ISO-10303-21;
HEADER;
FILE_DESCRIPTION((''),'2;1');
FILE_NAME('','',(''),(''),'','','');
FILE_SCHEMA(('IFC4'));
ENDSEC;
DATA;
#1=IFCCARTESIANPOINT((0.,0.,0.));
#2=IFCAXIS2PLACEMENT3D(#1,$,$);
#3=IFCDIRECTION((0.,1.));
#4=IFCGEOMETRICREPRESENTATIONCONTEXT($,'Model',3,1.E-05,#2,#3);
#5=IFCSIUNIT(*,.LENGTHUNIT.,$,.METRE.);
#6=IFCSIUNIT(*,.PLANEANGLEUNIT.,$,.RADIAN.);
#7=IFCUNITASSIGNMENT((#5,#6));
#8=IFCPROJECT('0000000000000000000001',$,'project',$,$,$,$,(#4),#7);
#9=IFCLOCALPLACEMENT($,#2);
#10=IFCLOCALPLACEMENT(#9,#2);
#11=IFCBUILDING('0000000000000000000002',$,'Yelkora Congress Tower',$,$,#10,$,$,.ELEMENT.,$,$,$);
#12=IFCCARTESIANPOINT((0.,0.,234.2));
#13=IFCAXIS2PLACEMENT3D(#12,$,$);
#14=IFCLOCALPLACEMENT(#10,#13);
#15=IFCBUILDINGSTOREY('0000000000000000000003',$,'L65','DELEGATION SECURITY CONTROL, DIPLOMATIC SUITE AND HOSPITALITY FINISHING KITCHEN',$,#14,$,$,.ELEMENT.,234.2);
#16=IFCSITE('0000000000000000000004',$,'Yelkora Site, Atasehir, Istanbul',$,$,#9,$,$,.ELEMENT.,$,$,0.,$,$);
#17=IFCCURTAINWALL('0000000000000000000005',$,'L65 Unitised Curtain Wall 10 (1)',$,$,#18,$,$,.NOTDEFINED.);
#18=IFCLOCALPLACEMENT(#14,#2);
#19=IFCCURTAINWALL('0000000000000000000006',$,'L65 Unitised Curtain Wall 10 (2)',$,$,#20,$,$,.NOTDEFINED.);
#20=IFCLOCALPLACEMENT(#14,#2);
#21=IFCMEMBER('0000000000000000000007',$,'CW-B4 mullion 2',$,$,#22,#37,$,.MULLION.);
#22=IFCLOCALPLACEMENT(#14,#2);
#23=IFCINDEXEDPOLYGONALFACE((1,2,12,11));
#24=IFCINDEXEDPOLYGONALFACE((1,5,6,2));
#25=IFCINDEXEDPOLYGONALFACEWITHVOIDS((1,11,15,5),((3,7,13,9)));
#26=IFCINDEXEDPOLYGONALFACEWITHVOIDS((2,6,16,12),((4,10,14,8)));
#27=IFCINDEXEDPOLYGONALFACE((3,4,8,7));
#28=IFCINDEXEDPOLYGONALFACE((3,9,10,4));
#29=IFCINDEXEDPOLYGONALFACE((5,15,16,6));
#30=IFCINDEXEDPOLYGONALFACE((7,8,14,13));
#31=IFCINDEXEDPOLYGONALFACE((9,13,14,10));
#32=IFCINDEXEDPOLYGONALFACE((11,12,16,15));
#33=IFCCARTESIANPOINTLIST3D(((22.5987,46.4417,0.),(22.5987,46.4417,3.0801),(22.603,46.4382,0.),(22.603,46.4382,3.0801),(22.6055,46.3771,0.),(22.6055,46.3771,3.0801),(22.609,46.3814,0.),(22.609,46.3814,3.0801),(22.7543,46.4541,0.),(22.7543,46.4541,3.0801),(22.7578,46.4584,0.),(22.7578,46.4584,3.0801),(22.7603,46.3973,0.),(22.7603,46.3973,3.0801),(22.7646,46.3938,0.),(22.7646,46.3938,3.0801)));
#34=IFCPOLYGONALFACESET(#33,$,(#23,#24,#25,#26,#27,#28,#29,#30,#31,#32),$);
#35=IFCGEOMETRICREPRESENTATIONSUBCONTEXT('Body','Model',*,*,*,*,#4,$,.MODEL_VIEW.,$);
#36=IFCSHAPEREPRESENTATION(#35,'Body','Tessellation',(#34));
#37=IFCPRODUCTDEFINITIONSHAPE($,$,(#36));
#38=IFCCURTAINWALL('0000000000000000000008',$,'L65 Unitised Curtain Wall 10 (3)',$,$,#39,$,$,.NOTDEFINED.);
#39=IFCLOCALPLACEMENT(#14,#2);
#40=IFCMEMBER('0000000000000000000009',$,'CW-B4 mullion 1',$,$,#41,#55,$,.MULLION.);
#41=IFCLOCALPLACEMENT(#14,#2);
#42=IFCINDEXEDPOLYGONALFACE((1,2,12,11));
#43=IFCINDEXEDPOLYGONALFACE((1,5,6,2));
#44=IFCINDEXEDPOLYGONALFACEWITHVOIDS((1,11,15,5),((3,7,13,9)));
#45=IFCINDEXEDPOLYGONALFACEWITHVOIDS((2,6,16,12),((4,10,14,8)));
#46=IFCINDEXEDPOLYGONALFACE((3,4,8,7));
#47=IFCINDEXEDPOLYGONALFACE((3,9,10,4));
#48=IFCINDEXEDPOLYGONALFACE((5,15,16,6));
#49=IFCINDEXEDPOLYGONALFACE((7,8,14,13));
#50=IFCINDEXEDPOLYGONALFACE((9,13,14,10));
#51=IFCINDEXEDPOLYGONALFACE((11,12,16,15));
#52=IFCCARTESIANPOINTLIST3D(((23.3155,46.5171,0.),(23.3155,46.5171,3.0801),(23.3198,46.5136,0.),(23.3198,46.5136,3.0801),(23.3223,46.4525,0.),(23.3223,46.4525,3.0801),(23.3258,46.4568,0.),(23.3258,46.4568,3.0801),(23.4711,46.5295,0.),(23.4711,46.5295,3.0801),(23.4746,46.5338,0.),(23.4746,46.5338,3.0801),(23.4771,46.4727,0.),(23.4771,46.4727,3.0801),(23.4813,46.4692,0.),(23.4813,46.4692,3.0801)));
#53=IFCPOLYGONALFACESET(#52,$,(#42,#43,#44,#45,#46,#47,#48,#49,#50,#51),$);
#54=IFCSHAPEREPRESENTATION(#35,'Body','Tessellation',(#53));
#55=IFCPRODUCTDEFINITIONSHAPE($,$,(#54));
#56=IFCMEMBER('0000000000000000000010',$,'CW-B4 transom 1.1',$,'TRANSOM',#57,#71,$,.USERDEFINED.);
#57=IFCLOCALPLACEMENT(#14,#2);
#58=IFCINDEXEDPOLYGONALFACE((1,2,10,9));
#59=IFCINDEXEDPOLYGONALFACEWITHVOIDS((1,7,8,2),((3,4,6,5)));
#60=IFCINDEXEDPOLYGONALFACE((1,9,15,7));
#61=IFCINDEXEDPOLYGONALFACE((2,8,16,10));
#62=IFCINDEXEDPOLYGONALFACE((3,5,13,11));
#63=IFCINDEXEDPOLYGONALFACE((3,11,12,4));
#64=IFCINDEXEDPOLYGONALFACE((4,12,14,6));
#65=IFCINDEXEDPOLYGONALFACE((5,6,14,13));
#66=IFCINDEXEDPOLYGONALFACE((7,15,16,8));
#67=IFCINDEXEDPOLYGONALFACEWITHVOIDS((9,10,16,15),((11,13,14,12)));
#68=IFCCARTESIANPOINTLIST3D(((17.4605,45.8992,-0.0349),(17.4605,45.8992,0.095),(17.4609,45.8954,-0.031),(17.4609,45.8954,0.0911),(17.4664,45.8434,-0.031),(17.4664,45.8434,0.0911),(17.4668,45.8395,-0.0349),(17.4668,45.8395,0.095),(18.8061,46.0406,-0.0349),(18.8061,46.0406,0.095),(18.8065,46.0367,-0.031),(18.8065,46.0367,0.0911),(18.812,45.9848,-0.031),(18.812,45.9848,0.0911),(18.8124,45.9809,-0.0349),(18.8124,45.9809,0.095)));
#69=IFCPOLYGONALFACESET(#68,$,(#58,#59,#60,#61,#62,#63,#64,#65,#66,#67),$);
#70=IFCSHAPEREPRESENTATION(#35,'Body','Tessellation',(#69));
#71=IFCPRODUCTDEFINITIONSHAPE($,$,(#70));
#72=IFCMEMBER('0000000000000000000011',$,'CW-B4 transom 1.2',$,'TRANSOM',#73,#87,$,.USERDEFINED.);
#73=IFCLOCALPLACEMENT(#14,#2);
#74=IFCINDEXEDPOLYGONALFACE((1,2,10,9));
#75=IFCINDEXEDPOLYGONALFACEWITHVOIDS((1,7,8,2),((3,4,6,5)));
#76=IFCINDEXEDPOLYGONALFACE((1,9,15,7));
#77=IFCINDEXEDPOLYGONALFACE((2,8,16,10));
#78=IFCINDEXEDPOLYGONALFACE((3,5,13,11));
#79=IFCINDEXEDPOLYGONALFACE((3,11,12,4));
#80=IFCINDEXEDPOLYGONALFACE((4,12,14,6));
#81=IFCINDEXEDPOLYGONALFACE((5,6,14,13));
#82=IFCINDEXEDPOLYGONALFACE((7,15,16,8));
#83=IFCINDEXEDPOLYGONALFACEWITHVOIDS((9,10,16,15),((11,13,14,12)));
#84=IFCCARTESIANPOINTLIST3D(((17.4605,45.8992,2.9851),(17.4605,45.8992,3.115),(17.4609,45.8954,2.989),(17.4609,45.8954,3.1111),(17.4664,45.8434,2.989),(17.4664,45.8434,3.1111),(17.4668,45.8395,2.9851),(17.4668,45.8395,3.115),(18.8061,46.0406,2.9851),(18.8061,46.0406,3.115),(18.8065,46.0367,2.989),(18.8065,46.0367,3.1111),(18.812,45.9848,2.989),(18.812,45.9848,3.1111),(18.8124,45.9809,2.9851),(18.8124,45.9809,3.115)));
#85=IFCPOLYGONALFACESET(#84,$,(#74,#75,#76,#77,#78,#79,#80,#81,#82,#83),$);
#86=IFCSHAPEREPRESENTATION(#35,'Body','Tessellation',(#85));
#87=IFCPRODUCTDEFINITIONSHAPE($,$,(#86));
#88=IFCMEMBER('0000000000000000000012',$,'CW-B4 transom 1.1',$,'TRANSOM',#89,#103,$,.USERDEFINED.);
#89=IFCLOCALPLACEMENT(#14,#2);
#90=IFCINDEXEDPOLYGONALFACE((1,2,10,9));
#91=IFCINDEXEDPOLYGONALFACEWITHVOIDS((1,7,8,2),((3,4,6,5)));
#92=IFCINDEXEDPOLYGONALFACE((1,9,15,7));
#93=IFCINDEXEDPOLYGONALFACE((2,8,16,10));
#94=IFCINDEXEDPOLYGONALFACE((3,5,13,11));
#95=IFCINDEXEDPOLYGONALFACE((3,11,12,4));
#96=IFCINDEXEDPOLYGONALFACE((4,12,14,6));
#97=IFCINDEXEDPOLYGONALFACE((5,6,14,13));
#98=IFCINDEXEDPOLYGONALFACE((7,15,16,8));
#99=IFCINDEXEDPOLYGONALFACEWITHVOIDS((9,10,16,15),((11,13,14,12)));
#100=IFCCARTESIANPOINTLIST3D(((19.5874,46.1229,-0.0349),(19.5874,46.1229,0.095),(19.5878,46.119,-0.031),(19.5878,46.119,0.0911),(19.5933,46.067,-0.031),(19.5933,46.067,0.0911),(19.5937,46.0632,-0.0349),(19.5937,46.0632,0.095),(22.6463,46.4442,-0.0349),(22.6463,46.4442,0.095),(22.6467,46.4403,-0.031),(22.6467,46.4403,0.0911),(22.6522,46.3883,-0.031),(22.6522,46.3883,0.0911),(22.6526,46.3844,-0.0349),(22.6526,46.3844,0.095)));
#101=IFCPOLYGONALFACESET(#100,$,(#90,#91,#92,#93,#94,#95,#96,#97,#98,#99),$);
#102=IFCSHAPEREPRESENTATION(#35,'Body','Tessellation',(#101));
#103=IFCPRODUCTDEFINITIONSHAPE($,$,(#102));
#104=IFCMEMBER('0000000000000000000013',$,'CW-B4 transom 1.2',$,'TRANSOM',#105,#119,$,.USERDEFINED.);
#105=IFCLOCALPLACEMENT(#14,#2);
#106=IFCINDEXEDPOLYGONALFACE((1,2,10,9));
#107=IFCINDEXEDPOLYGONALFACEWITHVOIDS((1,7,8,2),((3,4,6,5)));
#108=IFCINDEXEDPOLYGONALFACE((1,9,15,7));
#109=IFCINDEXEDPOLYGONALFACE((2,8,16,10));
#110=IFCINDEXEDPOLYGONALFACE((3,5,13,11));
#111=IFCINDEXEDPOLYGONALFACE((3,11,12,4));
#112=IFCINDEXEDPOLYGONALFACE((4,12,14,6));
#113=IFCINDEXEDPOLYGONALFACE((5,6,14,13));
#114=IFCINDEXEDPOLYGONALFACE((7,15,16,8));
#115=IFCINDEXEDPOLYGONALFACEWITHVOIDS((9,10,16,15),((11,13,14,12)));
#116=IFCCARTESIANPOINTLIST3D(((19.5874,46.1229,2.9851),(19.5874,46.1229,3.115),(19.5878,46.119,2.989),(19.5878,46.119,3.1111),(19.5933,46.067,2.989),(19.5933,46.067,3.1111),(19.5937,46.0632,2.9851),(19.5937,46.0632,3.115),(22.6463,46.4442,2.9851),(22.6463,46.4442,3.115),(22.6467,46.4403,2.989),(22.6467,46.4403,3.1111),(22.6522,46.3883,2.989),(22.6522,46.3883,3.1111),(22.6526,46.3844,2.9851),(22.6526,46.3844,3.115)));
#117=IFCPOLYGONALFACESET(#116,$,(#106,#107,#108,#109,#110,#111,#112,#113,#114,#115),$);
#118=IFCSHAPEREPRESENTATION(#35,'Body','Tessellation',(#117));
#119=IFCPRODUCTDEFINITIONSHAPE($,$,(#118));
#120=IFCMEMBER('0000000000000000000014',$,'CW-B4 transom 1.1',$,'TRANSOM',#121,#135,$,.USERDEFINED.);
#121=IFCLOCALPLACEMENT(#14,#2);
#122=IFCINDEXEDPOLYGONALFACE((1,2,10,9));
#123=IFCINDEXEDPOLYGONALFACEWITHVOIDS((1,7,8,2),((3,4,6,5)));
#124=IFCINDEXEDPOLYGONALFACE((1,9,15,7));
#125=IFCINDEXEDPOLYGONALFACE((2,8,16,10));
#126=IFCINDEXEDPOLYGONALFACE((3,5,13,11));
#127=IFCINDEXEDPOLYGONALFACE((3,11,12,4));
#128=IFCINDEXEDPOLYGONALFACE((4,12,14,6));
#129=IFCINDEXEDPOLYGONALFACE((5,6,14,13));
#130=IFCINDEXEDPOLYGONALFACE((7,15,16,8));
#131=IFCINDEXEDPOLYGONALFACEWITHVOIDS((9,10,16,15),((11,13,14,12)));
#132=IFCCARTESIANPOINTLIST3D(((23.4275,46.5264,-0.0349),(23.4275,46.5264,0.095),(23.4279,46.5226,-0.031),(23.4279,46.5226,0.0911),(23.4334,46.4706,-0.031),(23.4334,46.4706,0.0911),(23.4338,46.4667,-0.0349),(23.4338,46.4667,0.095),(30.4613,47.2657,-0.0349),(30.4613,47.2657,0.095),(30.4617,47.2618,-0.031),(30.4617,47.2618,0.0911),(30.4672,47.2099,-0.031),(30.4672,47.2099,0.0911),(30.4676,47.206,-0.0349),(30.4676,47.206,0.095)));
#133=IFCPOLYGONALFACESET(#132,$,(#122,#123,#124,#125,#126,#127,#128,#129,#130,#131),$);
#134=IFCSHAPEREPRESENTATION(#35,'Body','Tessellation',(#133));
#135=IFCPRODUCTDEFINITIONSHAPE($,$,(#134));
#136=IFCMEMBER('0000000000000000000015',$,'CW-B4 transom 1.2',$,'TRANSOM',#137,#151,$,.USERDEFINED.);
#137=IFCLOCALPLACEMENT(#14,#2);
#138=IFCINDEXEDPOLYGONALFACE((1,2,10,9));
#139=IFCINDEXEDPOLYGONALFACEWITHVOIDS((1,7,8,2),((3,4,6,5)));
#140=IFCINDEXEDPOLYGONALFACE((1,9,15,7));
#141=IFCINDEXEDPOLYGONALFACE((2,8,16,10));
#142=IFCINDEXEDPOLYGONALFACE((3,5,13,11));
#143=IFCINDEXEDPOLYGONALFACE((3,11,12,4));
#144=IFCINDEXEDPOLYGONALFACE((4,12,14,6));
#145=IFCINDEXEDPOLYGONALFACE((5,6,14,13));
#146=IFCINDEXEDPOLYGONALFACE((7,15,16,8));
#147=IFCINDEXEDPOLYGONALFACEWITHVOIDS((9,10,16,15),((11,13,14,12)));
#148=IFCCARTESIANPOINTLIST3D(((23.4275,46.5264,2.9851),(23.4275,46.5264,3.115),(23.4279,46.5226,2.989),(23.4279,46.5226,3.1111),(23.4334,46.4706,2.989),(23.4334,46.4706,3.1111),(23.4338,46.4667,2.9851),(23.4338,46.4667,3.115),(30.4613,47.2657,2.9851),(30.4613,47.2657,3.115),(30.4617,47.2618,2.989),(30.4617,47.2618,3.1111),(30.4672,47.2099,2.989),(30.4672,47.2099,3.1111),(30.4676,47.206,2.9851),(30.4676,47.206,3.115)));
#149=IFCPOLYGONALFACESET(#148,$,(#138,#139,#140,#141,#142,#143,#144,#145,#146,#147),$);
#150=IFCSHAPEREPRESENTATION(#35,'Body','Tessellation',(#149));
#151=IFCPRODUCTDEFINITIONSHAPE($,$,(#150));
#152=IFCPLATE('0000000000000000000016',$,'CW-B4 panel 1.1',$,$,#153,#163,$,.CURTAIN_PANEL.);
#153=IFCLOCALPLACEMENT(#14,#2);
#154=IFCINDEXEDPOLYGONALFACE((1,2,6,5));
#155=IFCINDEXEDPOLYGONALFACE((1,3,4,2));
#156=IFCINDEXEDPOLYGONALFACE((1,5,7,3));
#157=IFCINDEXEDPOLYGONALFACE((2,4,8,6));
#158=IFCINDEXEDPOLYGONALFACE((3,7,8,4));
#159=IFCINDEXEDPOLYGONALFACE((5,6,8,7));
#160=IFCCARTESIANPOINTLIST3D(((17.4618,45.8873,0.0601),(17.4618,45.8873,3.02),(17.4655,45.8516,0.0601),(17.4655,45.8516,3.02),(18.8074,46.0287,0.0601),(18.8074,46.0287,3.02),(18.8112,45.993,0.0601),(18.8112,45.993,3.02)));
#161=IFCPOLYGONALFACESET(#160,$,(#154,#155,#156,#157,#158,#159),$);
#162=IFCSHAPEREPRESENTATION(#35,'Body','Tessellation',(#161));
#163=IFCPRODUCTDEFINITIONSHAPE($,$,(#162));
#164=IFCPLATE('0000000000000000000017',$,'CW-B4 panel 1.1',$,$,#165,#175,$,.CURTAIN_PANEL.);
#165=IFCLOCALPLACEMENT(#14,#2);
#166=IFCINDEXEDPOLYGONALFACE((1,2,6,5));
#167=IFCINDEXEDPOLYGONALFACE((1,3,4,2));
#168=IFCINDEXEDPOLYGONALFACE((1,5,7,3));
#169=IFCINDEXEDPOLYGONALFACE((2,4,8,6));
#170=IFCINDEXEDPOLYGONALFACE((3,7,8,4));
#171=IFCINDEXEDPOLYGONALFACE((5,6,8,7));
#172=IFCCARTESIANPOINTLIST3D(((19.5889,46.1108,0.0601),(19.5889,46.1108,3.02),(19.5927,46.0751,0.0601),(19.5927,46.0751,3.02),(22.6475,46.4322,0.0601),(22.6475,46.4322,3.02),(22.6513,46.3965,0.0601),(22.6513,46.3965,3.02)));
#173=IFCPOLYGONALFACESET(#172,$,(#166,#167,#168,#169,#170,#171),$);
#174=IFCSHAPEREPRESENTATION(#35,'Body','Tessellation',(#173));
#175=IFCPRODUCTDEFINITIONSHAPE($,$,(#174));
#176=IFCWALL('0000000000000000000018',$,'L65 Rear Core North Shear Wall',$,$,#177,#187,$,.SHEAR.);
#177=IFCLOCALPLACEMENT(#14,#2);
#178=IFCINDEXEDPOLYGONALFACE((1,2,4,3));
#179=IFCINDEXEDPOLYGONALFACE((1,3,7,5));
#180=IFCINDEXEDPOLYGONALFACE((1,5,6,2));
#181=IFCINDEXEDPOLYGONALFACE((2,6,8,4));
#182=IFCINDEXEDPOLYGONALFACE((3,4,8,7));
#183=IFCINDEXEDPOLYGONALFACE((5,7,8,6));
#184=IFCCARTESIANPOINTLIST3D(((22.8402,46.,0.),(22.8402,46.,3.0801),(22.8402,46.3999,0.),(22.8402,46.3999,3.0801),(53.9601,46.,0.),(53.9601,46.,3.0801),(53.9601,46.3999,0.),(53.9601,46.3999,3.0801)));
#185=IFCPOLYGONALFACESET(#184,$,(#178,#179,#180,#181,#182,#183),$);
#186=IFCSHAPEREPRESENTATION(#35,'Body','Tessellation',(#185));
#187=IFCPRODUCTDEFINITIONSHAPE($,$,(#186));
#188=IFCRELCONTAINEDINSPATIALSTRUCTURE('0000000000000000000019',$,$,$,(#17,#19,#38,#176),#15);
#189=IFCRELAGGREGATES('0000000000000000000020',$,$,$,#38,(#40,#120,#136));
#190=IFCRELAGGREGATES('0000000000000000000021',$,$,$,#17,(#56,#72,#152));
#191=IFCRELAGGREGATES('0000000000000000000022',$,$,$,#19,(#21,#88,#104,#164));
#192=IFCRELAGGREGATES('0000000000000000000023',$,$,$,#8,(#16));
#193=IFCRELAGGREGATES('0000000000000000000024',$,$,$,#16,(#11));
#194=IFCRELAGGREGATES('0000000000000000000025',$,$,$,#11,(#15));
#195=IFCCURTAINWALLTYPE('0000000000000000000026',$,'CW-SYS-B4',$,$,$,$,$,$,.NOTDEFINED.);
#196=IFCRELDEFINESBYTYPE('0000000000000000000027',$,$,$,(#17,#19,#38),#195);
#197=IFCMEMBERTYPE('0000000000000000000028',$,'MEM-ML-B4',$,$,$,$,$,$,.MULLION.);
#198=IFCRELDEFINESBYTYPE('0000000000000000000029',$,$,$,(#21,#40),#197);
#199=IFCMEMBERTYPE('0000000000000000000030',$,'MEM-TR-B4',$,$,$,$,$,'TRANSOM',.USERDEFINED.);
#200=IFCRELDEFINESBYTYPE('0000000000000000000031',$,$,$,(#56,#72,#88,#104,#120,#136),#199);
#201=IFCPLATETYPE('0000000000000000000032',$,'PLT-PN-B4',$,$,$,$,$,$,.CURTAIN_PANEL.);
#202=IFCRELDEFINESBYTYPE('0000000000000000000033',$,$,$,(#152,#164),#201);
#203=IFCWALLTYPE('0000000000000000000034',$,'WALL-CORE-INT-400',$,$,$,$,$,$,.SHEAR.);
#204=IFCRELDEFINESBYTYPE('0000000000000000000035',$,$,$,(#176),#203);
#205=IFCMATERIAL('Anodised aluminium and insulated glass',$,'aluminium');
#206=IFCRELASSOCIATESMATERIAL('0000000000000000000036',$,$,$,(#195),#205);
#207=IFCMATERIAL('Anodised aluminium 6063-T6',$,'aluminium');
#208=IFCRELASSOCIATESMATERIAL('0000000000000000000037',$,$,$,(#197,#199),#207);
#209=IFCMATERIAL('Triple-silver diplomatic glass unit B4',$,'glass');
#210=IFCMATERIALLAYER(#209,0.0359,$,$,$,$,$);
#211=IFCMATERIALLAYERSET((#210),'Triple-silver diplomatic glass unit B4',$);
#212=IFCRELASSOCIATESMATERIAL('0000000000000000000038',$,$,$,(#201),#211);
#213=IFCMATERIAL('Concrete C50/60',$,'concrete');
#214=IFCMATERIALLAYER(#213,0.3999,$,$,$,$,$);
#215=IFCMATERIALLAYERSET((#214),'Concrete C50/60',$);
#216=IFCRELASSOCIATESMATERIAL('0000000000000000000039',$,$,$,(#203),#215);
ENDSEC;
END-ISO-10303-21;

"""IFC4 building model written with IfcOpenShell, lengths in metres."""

from ifc_helpers import new_model, si_unit, direction, frame, frame_2d, origin, origin_2d, place, context, subcontext, project, spatial, rectangle, hollow_rectangle, extrude, material, layer, layer_set, material_profile, profile_set, type_object, element, aggregate, save


model = new_model("IFC4")

# Units and contexts
model_context = context("Model", 3, precision=1e-05, world=origin(), true_north=direction((0.0, 1.0)))
body_context = subcontext(model_context, "Body", "Model", "MODEL_VIEW")
ifc_project = project(units=[si_unit("LENGTHUNIT", "METRE"), si_unit("PLANEANGLEUNIT", "RADIAN")], contexts=[model_context])

# Site, building, storey
site_placement = place(None, origin())
site = spatial("IfcSite", under=ifc_project, at=site_placement, Name="Yelkora Site, Atasehir, Istanbul", CompositionType="ELEMENT", RefElevation=0.0)
building_placement = place(site_placement, origin())
building = spatial("IfcBuilding", under=site, at=building_placement, Name="Yelkora Congress Tower", CompositionType="ELEMENT")
storey_placement = place(building_placement, frame((0.0, 0.0, 234.2)))
storey = spatial("IfcBuildingStorey", under=building, at=storey_placement, Name="L65", Description="DELEGATION SECURITY CONTROL, DIPLOMATIC SUITE AND HOSPITALITY FINISHING KITCHEN", CompositionType="ELEMENT", Elevation=234.2)

# Curtain walls, member
ifc_material_1 = material(Name="Anodised aluminium and insulated glass", Category="aluminium")
curtain_wall_type = type_object("IfcCurtainWallType", Name="CW-SYS-B4", PredefinedType="NOTDEFINED", material=ifc_material_1)
curtain_wall_1_placement = place(storey_placement, origin())
curtain_wall_1 = element("IfcCurtainWall", 1, at=curtain_wall_1_placement, inside=storey, type_object=curtain_wall_type, Name="L65 Unitised Curtain Wall 10 (1)", PredefinedType="NOTDEFINED")
ifc_material_2 = material(Name="Anodised aluminium 6063-T6", Category="aluminium")
ifc_material_profile_1 = material_profile(ifc_material_2, hollow_rectangle(XDim=0.0649, YDim=0.1599, WallThickness=0.0039, at=origin_2d()), Name="ALU 65x160x4")
ifc_profile_set_1 = profile_set([ifc_material_profile_1], Name="Anodised aluminium 6063-T6")
member_type_1 = type_object("IfcMemberType", Name="MEM-ML-B4", PredefinedType="MULLION", material=ifc_profile_set_1)
curtain_wall_2_placement = place(storey_placement, origin())
curtain_wall_2 = element("IfcCurtainWall", 2, at=curtain_wall_2_placement, inside=storey, type_object=curtain_wall_type, Name="L65 Unitised Curtain Wall 10 (2)", PredefinedType="NOTDEFINED")
member_1_placement = place(storey_placement, frame((22.6816, 46.4177, 0.0), z_axis=(0.0, 0.0, 1.0), x_axis=(-0.104506, 0.994524, 0.0)))
member_1 = element("IfcMember", 3, at=member_1_placement, type_object=member_type_1, Name="CW-B4 mullion 2", PredefinedType="MULLION", context=body_context, shape_type="SweptSolid", body=[
    extrude(hollow_rectangle(XDim=0.0649, YDim=0.1599, WallThickness=0.0039, at=origin_2d()), origin(), (0.0, 0.0, 1.0), 3.0801),
])

# Curtain wall, member
curtain_wall_3_placement = place(storey_placement, origin())
curtain_wall_3 = element("IfcCurtainWall", 4, at=curtain_wall_3_placement, inside=storey, type_object=curtain_wall_type, Name="L65 Unitised Curtain Wall 10 (3)", PredefinedType="NOTDEFINED")
member_2_placement = place(storey_placement, frame((23.3984, 46.4932, 0.0), z_axis=(0.0, 0.0, 1.0), x_axis=(-0.104528, 0.994522, 0.0)))
member_2 = element("IfcMember", 5, at=member_2_placement, type_object=member_type_1, Name="CW-B4 mullion 1", PredefinedType="MULLION", context=body_context, shape_type="SweptSolid", body=[
    extrude(hollow_rectangle(XDim=0.0649, YDim=0.1599, WallThickness=0.0039, at=origin_2d()), origin(), (0.0, 0.0, 1.0), 3.0801),
])

# Members
ifc_material_profile_2 = material_profile(ifc_material_2, hollow_rectangle(XDim=0.0601, YDim=0.1299, WallThickness=0.0039, at=origin_2d()), Name="ALU 60x130x4")
ifc_profile_set_2 = profile_set([ifc_material_profile_2], Name="Anodised aluminium 6063-T6")
member_type_2 = type_object("IfcMemberType", Name="MEM-TR-B4", ElementType="TRANSOM", PredefinedType="USERDEFINED", material=ifc_profile_set_2)
member_3_placement = place(storey_placement, frame((17.4636, 45.8694, 0.03), z_axis=(0.994528, 0.104469, 0.0), x_axis=(-0.104469, 0.994528, 0.0)))
member_3 = element("IfcMember", 6, at=member_3_placement, type_object=member_type_2, Name="CW-B4 transom 1.1", ObjectType="TRANSOM", PredefinedType="USERDEFINED", context=body_context, shape_type="SweptSolid", body=[
    extrude(hollow_rectangle(XDim=0.0601, YDim=0.1299, WallThickness=0.0039, at=origin_2d()), origin(), (0.0, 0.0, 1.0), 1.353),
])
member_4_placement = place(storey_placement, frame((17.4636, 45.8694, 3.05), z_axis=(0.994528, 0.104469, 0.0), x_axis=(-0.104469, 0.994528, 0.0)))
member_4 = element("IfcMember", 7, at=member_4_placement, type_object=member_type_2, Name="CW-B4 transom 1.2", ObjectType="TRANSOM", PredefinedType="USERDEFINED", context=body_context, shape_type="SweptSolid", body=[
    extrude(hollow_rectangle(XDim=0.0601, YDim=0.1299, WallThickness=0.0039, at=origin_2d()), origin(), (0.0, 0.0, 1.0), 1.353),
])
member_5_placement = place(storey_placement, frame((19.5906, 46.093, 0.03), z_axis=(0.994529, 0.104462, 0.0), x_axis=(-0.104462, 0.994529, 0.0)))
member_5 = element("IfcMember", 8, at=member_5_placement, type_object=member_type_2, Name="CW-B4 transom 1.1", ObjectType="TRANSOM", PredefinedType="USERDEFINED", context=body_context, shape_type="SweptSolid", body=[
    extrude(hollow_rectangle(XDim=0.0601, YDim=0.1299, WallThickness=0.0039, at=origin_2d()), origin(), (0.0, 0.0, 1.0), 3.0757),
])
member_6_placement = place(storey_placement, frame((19.5906, 46.093, 3.05), z_axis=(0.994529, 0.104462, 0.0), x_axis=(-0.104462, 0.994529, 0.0)))
member_6 = element("IfcMember", 9, at=member_6_placement, type_object=member_type_2, Name="CW-B4 transom 1.2", ObjectType="TRANSOM", PredefinedType="USERDEFINED", context=body_context, shape_type="SweptSolid", body=[
    extrude(hollow_rectangle(XDim=0.0601, YDim=0.1299, WallThickness=0.0039, at=origin_2d()), origin(), (0.0, 0.0, 1.0), 3.0757),
])
member_7_placement = place(storey_placement, frame((23.4307, 46.4966, 0.03), z_axis=(0.994522, 0.104527, 0.0), x_axis=(-0.104527, 0.994522, 0.0)))
member_7 = element("IfcMember", 10, at=member_7_placement, type_object=member_type_2, Name="CW-B4 transom 1.1", ObjectType="TRANSOM", PredefinedType="USERDEFINED", context=body_context, shape_type="SweptSolid", body=[
    extrude(hollow_rectangle(XDim=0.0601, YDim=0.1299, WallThickness=0.0039, at=origin_2d()), origin(), (0.0, 0.0, 1.0), 7.0725),
])
member_8_placement = place(storey_placement, frame((23.4307, 46.4966, 3.05), z_axis=(0.994522, 0.104527, 0.0), x_axis=(-0.104527, 0.994522, 0.0)))
member_8 = element("IfcMember", 11, at=member_8_placement, type_object=member_type_2, Name="CW-B4 transom 1.2", ObjectType="TRANSOM", PredefinedType="USERDEFINED", context=body_context, shape_type="SweptSolid", body=[
    extrude(hollow_rectangle(XDim=0.0601, YDim=0.1299, WallThickness=0.0039, at=origin_2d()), origin(), (0.0, 0.0, 1.0), 7.0725),
])
aggregate(curtain_wall_3, [member_2, member_7, member_8])

# Plates
ifc_material_3 = material(Name="Triple-silver diplomatic glass unit B4", Category="glass")
ifc_layer_1 = layer(ifc_material_3, 0.0359)
ifc_layer_set_1 = layer_set([ifc_layer_1], Name="Triple-silver diplomatic glass unit B4")
plate_type = type_object("IfcPlateType", Name="PLT-PN-B4", PredefinedType="CURTAIN_PANEL", material=ifc_layer_set_1)
plate_1_placement = place(storey_placement, frame((18.1365, 45.9402, 0.0601), z_axis=(0.0, 0.0, 1.0), x_axis=(0.994524, 0.104509, 0.0)))
plate_1 = element("IfcPlate", 12, at=plate_1_placement, type_object=plate_type, Name="CW-B4 panel 1.1", PredefinedType="CURTAIN_PANEL", context=body_context, shape_type="SweptSolid", body=[
    extrude(rectangle(XDim=1.353, YDim=0.0359, at=origin_2d()), origin(), (0.0, 0.0, 1.0), 2.96),
])
aggregate(curtain_wall_1, [member_3, member_4, plate_1])
plate_2_placement = place(storey_placement, frame((21.1201, 46.2537, 0.0601), z_axis=(0.0, 0.0, 1.0), x_axis=(0.994524, 0.104506, 0.0)))
plate_2 = element("IfcPlate", 13, at=plate_2_placement, type_object=plate_type, Name="CW-B4 panel 1.1", PredefinedType="CURTAIN_PANEL", context=body_context, shape_type="SweptSolid", body=[
    extrude(rectangle(XDim=3.0754, YDim=0.0359, at=origin_2d()), origin(), (0.0, 0.0, 1.0), 2.96),
])
aggregate(curtain_wall_2, [member_1, member_5, member_6, plate_2])

# Wall
ifc_material_4 = material(Name="Concrete C50/60", Category="concrete")
ifc_layer_2 = layer(ifc_material_4, 0.3999)
ifc_layer_set_2 = layer_set([ifc_layer_2], Name="Concrete C50/60")
wall_type_1 = type_object("IfcWallType", Name="WALL-CORE-INT-400", PredefinedType="SHEAR", material=ifc_layer_set_2)
wall_1_placement = place(storey_placement, frame((22.8401, 46.2, 0.0), z_axis=(0.0, 0.0, 1.0), x_axis=(1.0, 0.0, 0.0)))
element("IfcWall", 14, at=wall_1_placement, inside=storey, type_object=wall_type_1, Name="L65 Rear Core North Shear Wall", PredefinedType="SHEAR", context=body_context, shape_type="SweptSolid", body=[
    extrude(rectangle(XDim=31.1199, YDim=0.3999, at=frame_2d((15.5601, 0.0))), origin(), (0.0, 0.0, 1.0), 3.0801),
])

save(model, "model.ifc")
